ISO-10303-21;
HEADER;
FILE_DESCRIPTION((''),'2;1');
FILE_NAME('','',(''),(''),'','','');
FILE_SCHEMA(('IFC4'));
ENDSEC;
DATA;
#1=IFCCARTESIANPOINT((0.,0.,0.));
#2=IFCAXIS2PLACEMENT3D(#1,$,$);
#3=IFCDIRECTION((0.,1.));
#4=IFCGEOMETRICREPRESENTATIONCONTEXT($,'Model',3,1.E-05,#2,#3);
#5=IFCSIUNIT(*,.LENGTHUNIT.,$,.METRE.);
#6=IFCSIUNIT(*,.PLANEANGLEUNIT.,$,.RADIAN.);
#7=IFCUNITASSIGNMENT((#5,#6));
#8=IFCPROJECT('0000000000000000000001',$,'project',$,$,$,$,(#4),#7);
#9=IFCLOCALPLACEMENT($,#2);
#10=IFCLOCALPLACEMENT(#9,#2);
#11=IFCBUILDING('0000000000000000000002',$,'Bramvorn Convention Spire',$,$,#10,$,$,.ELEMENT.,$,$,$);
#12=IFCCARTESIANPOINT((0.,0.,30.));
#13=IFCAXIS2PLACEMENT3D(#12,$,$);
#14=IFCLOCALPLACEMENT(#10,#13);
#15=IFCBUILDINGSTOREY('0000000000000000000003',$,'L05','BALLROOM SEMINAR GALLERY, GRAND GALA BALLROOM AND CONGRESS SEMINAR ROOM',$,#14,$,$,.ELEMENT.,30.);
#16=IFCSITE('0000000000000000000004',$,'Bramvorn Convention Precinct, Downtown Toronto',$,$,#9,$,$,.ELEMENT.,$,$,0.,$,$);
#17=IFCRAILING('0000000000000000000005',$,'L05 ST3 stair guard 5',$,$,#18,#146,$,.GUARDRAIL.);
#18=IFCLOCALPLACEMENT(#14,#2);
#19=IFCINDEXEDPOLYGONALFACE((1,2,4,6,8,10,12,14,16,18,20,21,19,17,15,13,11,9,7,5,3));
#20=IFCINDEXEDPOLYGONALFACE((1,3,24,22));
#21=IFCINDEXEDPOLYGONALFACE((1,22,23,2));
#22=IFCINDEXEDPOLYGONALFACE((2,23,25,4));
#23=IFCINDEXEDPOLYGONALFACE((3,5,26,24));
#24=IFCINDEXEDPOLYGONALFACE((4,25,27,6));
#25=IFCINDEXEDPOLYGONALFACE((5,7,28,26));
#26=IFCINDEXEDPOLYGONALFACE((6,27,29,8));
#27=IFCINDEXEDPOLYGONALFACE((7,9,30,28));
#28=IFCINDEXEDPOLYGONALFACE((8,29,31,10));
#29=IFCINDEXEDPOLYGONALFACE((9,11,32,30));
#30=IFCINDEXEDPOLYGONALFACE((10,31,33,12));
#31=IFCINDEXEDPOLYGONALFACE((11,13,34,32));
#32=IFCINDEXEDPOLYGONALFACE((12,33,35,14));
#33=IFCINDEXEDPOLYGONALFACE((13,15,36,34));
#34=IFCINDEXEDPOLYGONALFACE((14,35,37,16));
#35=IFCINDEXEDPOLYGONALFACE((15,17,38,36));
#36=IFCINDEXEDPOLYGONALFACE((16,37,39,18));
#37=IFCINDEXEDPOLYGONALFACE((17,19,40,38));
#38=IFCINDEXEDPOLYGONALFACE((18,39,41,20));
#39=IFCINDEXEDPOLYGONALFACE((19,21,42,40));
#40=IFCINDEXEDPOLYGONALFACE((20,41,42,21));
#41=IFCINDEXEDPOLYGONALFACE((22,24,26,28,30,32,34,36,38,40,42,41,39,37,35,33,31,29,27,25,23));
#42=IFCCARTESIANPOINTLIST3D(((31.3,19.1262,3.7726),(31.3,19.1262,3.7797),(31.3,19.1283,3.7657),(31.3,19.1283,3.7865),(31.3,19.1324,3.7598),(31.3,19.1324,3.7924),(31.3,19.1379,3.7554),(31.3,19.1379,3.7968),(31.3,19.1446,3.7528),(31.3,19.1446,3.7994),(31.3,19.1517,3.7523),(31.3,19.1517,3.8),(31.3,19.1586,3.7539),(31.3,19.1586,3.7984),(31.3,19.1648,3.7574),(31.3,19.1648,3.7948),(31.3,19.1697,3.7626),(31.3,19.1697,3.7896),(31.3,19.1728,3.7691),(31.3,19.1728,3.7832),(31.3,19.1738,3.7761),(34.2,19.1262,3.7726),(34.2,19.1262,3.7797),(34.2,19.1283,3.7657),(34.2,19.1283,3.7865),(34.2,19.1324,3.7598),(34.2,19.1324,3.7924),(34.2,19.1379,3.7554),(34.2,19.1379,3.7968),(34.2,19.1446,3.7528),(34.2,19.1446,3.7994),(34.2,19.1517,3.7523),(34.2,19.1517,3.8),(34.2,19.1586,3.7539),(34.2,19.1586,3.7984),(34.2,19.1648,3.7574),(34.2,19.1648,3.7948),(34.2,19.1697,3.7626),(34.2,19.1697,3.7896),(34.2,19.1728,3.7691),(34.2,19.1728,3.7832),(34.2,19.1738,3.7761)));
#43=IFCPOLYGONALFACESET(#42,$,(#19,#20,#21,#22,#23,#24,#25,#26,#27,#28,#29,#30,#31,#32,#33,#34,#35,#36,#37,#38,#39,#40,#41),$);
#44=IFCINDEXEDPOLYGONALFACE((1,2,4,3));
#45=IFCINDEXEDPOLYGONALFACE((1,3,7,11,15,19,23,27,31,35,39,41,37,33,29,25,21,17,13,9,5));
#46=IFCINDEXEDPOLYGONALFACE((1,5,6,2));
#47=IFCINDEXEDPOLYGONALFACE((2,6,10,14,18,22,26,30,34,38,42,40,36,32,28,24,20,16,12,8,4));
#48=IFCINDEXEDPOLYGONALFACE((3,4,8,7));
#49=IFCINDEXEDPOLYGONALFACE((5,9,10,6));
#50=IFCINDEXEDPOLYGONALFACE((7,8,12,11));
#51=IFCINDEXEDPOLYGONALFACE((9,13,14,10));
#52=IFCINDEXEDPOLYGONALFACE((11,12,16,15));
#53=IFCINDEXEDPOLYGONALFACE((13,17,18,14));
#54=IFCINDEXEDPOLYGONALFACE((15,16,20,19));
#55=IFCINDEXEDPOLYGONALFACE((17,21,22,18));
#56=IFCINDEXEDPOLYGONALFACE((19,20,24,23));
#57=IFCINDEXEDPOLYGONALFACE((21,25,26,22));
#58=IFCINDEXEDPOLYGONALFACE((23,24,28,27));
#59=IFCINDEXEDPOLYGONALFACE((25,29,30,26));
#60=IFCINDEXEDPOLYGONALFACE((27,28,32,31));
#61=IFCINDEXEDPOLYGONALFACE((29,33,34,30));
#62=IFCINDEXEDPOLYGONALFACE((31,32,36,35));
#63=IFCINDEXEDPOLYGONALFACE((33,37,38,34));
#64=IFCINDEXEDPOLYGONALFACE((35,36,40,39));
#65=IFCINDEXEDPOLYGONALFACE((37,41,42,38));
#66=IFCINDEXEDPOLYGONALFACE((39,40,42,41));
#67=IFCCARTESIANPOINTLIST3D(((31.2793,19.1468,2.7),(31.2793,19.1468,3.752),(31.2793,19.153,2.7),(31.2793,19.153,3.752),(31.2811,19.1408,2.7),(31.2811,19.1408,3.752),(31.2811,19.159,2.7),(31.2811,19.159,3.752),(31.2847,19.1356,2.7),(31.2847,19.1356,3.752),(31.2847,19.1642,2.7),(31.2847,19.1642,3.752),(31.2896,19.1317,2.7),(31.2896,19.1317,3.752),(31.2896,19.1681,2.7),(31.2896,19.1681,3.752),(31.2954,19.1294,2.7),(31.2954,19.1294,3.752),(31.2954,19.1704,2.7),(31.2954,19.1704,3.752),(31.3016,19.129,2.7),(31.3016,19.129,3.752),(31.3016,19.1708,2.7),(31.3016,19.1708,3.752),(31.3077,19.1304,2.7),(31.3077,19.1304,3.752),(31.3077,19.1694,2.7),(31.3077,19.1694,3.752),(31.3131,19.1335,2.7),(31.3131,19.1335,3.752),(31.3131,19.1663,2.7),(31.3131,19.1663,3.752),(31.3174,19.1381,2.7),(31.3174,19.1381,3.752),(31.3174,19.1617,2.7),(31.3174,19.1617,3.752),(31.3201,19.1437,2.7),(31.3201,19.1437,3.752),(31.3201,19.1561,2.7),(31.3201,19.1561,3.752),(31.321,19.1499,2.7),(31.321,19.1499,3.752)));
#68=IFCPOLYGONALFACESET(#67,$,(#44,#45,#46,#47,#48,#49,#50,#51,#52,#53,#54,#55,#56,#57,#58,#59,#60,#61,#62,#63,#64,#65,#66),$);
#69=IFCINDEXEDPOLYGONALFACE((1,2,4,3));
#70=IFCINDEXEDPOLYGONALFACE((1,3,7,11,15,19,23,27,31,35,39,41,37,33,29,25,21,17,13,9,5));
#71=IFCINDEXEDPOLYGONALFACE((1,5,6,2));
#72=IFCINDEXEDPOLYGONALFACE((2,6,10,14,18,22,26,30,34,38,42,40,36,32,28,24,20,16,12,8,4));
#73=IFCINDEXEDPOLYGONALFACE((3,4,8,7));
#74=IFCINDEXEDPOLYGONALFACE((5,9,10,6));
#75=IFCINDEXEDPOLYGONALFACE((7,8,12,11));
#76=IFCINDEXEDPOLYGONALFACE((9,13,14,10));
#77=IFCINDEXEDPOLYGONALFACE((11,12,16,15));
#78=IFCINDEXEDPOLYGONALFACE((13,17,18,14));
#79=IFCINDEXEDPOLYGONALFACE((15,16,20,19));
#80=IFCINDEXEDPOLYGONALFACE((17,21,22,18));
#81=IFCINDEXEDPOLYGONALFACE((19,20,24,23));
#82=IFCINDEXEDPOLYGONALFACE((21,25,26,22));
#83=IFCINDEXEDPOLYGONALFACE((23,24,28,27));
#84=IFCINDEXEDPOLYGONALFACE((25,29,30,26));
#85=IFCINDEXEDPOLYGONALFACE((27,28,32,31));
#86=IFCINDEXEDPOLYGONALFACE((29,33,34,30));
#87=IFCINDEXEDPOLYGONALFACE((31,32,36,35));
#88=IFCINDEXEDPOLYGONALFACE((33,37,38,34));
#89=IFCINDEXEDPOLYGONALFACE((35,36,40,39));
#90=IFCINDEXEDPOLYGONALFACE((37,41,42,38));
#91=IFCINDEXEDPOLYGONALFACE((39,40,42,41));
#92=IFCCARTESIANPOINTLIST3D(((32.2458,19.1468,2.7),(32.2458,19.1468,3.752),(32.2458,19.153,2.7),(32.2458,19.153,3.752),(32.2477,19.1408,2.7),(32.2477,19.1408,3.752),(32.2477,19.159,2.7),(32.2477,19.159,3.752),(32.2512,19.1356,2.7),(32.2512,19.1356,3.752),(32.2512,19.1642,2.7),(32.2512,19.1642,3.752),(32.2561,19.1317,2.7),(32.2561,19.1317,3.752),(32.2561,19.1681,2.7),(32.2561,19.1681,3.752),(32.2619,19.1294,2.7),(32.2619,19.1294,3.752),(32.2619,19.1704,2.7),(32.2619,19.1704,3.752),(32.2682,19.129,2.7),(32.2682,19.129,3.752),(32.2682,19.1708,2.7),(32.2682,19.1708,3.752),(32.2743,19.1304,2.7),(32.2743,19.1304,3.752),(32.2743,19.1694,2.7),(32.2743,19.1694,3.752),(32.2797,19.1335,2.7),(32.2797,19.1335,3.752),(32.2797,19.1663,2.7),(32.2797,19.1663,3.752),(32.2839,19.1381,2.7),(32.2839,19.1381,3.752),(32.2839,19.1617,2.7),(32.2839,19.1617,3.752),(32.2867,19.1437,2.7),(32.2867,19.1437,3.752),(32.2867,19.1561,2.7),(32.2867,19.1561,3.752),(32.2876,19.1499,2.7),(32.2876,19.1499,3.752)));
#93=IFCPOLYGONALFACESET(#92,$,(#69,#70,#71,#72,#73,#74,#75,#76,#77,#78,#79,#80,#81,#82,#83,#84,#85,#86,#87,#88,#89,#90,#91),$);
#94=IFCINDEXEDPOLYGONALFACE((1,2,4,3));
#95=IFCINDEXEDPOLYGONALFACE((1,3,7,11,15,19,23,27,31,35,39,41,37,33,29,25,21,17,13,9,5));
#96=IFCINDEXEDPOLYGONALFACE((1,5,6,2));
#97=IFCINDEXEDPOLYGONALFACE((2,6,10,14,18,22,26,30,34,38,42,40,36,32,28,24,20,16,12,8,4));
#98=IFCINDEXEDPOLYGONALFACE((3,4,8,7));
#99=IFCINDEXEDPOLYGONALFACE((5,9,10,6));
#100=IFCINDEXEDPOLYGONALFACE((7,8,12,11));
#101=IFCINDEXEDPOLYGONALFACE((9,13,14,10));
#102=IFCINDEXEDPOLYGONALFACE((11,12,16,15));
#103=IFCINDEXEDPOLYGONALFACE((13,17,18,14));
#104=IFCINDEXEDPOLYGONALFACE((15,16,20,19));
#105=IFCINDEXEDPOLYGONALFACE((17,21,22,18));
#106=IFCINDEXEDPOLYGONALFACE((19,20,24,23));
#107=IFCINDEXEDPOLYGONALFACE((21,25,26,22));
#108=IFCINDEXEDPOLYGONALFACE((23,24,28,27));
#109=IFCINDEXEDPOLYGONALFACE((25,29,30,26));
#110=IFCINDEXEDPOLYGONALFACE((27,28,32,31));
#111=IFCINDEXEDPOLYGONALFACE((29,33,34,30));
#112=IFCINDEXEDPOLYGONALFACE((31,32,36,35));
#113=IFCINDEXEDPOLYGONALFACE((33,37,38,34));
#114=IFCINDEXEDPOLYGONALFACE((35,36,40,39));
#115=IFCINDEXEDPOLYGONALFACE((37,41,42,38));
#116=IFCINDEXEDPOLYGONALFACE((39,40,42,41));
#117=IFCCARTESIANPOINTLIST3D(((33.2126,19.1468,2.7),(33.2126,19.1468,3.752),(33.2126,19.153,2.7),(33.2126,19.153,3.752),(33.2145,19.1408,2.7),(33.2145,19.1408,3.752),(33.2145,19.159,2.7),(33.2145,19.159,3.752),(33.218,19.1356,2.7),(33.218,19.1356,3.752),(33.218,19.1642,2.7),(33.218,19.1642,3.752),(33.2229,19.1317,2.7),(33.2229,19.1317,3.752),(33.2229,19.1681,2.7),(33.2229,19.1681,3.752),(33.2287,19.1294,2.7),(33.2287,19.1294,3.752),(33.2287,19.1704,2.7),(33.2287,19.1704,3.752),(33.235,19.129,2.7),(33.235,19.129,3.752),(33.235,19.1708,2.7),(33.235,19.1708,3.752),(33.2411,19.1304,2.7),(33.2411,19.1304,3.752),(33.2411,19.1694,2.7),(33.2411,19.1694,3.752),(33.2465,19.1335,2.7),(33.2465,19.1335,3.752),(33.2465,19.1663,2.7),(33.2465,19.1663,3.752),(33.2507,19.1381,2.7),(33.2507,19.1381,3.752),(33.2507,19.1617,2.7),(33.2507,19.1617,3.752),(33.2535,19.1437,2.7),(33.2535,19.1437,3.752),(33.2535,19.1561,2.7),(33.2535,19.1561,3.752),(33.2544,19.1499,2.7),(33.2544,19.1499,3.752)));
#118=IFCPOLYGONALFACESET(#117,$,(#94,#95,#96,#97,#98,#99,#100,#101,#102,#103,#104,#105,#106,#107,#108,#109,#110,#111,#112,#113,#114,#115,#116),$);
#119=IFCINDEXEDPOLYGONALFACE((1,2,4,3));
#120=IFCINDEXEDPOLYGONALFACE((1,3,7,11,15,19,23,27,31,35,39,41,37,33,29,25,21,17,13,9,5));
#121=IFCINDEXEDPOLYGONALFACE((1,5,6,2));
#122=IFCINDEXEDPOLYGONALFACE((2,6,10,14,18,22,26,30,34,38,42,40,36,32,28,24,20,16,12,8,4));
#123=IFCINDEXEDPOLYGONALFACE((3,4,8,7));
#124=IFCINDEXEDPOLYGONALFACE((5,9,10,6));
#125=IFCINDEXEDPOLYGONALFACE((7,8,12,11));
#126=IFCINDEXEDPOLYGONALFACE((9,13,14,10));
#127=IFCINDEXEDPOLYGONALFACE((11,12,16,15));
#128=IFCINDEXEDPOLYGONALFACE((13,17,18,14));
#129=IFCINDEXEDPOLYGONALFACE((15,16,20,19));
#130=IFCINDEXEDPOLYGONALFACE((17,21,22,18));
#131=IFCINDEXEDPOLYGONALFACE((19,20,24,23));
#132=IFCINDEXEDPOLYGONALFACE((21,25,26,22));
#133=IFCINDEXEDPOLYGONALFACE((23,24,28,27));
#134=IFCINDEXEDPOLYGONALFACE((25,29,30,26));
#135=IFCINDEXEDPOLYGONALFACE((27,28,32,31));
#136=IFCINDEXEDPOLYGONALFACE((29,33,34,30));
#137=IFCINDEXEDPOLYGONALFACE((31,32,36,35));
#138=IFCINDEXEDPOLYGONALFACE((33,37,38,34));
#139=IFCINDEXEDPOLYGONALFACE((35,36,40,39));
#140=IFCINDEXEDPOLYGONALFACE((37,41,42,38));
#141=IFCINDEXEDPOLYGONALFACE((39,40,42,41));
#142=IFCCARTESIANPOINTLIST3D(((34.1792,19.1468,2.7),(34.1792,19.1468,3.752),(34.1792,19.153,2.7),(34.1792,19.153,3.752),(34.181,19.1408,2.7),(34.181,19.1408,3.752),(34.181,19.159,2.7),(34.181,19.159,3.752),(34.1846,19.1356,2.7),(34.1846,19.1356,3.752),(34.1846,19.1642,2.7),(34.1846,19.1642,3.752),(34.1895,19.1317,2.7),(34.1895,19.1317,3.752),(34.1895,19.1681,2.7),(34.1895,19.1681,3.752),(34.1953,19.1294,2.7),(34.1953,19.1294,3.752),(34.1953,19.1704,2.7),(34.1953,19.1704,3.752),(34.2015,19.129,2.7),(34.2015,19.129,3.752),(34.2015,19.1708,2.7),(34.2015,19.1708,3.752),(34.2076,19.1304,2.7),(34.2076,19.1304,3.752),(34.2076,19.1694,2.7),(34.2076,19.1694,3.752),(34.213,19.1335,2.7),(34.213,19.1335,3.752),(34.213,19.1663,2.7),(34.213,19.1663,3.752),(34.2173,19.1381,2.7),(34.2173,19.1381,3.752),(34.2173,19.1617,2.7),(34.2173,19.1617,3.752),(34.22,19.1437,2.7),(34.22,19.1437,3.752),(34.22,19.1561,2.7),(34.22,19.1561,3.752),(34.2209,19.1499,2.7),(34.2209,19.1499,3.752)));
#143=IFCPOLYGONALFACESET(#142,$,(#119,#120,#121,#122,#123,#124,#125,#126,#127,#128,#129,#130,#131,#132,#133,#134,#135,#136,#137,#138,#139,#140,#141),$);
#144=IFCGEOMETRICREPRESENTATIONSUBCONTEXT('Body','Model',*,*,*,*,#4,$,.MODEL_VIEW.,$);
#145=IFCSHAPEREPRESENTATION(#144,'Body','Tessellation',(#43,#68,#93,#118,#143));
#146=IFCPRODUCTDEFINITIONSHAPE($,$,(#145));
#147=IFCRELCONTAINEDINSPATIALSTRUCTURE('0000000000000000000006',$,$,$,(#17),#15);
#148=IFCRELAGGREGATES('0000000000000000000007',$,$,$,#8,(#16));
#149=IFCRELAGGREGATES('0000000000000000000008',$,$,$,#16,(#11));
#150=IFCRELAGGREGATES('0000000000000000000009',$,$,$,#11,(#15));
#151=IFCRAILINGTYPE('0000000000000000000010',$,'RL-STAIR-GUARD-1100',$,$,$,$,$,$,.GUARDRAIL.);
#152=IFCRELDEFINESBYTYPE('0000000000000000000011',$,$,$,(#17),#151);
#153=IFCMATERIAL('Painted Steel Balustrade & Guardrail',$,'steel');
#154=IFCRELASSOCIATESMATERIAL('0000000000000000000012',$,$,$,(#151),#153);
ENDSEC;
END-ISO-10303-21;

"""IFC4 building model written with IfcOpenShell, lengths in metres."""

from ifc_helpers import new_model, si_unit, direction, frame, origin, origin_2d, place, context, subcontext, project, spatial, circle, extrude, material, type_object, element, save


model = new_model("IFC4")

# Units and contexts
model_context = context("Model", 3, precision=1e-05, world=origin(), true_north=direction((0.0, 1.0)))
body_context = subcontext(model_context, "Body", "Model", "MODEL_VIEW")
ifc_project = project(units=[si_unit("LENGTHUNIT", "METRE"), si_unit("PLANEANGLEUNIT", "RADIAN")], contexts=[model_context])

# Site, building, storey
site_placement = place(None, origin())
site = spatial("IfcSite", under=ifc_project, at=site_placement, Name="Bramvorn Convention Precinct, Downtown Toronto", CompositionType="ELEMENT", RefElevation=0.0)
building_placement = place(site_placement, origin())
building = spatial("IfcBuilding", under=site, at=building_placement, Name="Bramvorn Convention Spire", CompositionType="ELEMENT")
storey_placement = place(building_placement, frame((0.0, 0.0, 30.0)))
storey = spatial("IfcBuildingStorey", under=building, at=storey_placement, Name="L05", Description="BALLROOM SEMINAR GALLERY, GRAND GALA BALLROOM AND CONGRESS SEMINAR ROOM", CompositionType="ELEMENT", Elevation=30.0)

# Railing
ifc_material_1 = material(Name="Painted Steel Balustrade & Guardrail", Category="steel")
railing_type_1 = type_object("IfcRailingType", Name="RL-STAIR-GUARD-1100", PredefinedType="GUARDRAIL", material=ifc_material_1)
railing_1_placement = place(storey_placement, frame((31.3, 19.1499, 2.7)))
element("IfcRailing", 1, at=railing_1_placement, inside=storey, type_object=railing_type_1, Name="L05 ST3 stair guard 5", PredefinedType="GUARDRAIL", context=body_context, shape_type="SweptSolid", body=[
    extrude(circle(Radius=0.0239, at=origin_2d()), frame((0.0, 0.0, 1.0762), z_axis=(1.0, 0.0, 0.0), x_axis=(0.0, 1.0, 0.0)), (0.0, 0.0, 1.0), 2.8999),
    extrude(circle(Radius=0.021, at=origin_2d()), origin(), (0.0, 0.0, 1.0), 1.052),
    extrude(circle(Radius=0.021, at=origin_2d()), frame((0.9666, 0.0, 0.0)), (0.0, 0.0, 1.0), 1.052),
    extrude(circle(Radius=0.021, at=origin_2d()), frame((1.9333, 0.0, 0.0)), (0.0, 0.0, 1.0), 1.052),
    extrude(circle(Radius=0.021, at=origin_2d()), frame((2.8999, 0.0, 0.0)), (0.0, 0.0, 1.0), 1.052),
])

save(model, "model.ifc")
